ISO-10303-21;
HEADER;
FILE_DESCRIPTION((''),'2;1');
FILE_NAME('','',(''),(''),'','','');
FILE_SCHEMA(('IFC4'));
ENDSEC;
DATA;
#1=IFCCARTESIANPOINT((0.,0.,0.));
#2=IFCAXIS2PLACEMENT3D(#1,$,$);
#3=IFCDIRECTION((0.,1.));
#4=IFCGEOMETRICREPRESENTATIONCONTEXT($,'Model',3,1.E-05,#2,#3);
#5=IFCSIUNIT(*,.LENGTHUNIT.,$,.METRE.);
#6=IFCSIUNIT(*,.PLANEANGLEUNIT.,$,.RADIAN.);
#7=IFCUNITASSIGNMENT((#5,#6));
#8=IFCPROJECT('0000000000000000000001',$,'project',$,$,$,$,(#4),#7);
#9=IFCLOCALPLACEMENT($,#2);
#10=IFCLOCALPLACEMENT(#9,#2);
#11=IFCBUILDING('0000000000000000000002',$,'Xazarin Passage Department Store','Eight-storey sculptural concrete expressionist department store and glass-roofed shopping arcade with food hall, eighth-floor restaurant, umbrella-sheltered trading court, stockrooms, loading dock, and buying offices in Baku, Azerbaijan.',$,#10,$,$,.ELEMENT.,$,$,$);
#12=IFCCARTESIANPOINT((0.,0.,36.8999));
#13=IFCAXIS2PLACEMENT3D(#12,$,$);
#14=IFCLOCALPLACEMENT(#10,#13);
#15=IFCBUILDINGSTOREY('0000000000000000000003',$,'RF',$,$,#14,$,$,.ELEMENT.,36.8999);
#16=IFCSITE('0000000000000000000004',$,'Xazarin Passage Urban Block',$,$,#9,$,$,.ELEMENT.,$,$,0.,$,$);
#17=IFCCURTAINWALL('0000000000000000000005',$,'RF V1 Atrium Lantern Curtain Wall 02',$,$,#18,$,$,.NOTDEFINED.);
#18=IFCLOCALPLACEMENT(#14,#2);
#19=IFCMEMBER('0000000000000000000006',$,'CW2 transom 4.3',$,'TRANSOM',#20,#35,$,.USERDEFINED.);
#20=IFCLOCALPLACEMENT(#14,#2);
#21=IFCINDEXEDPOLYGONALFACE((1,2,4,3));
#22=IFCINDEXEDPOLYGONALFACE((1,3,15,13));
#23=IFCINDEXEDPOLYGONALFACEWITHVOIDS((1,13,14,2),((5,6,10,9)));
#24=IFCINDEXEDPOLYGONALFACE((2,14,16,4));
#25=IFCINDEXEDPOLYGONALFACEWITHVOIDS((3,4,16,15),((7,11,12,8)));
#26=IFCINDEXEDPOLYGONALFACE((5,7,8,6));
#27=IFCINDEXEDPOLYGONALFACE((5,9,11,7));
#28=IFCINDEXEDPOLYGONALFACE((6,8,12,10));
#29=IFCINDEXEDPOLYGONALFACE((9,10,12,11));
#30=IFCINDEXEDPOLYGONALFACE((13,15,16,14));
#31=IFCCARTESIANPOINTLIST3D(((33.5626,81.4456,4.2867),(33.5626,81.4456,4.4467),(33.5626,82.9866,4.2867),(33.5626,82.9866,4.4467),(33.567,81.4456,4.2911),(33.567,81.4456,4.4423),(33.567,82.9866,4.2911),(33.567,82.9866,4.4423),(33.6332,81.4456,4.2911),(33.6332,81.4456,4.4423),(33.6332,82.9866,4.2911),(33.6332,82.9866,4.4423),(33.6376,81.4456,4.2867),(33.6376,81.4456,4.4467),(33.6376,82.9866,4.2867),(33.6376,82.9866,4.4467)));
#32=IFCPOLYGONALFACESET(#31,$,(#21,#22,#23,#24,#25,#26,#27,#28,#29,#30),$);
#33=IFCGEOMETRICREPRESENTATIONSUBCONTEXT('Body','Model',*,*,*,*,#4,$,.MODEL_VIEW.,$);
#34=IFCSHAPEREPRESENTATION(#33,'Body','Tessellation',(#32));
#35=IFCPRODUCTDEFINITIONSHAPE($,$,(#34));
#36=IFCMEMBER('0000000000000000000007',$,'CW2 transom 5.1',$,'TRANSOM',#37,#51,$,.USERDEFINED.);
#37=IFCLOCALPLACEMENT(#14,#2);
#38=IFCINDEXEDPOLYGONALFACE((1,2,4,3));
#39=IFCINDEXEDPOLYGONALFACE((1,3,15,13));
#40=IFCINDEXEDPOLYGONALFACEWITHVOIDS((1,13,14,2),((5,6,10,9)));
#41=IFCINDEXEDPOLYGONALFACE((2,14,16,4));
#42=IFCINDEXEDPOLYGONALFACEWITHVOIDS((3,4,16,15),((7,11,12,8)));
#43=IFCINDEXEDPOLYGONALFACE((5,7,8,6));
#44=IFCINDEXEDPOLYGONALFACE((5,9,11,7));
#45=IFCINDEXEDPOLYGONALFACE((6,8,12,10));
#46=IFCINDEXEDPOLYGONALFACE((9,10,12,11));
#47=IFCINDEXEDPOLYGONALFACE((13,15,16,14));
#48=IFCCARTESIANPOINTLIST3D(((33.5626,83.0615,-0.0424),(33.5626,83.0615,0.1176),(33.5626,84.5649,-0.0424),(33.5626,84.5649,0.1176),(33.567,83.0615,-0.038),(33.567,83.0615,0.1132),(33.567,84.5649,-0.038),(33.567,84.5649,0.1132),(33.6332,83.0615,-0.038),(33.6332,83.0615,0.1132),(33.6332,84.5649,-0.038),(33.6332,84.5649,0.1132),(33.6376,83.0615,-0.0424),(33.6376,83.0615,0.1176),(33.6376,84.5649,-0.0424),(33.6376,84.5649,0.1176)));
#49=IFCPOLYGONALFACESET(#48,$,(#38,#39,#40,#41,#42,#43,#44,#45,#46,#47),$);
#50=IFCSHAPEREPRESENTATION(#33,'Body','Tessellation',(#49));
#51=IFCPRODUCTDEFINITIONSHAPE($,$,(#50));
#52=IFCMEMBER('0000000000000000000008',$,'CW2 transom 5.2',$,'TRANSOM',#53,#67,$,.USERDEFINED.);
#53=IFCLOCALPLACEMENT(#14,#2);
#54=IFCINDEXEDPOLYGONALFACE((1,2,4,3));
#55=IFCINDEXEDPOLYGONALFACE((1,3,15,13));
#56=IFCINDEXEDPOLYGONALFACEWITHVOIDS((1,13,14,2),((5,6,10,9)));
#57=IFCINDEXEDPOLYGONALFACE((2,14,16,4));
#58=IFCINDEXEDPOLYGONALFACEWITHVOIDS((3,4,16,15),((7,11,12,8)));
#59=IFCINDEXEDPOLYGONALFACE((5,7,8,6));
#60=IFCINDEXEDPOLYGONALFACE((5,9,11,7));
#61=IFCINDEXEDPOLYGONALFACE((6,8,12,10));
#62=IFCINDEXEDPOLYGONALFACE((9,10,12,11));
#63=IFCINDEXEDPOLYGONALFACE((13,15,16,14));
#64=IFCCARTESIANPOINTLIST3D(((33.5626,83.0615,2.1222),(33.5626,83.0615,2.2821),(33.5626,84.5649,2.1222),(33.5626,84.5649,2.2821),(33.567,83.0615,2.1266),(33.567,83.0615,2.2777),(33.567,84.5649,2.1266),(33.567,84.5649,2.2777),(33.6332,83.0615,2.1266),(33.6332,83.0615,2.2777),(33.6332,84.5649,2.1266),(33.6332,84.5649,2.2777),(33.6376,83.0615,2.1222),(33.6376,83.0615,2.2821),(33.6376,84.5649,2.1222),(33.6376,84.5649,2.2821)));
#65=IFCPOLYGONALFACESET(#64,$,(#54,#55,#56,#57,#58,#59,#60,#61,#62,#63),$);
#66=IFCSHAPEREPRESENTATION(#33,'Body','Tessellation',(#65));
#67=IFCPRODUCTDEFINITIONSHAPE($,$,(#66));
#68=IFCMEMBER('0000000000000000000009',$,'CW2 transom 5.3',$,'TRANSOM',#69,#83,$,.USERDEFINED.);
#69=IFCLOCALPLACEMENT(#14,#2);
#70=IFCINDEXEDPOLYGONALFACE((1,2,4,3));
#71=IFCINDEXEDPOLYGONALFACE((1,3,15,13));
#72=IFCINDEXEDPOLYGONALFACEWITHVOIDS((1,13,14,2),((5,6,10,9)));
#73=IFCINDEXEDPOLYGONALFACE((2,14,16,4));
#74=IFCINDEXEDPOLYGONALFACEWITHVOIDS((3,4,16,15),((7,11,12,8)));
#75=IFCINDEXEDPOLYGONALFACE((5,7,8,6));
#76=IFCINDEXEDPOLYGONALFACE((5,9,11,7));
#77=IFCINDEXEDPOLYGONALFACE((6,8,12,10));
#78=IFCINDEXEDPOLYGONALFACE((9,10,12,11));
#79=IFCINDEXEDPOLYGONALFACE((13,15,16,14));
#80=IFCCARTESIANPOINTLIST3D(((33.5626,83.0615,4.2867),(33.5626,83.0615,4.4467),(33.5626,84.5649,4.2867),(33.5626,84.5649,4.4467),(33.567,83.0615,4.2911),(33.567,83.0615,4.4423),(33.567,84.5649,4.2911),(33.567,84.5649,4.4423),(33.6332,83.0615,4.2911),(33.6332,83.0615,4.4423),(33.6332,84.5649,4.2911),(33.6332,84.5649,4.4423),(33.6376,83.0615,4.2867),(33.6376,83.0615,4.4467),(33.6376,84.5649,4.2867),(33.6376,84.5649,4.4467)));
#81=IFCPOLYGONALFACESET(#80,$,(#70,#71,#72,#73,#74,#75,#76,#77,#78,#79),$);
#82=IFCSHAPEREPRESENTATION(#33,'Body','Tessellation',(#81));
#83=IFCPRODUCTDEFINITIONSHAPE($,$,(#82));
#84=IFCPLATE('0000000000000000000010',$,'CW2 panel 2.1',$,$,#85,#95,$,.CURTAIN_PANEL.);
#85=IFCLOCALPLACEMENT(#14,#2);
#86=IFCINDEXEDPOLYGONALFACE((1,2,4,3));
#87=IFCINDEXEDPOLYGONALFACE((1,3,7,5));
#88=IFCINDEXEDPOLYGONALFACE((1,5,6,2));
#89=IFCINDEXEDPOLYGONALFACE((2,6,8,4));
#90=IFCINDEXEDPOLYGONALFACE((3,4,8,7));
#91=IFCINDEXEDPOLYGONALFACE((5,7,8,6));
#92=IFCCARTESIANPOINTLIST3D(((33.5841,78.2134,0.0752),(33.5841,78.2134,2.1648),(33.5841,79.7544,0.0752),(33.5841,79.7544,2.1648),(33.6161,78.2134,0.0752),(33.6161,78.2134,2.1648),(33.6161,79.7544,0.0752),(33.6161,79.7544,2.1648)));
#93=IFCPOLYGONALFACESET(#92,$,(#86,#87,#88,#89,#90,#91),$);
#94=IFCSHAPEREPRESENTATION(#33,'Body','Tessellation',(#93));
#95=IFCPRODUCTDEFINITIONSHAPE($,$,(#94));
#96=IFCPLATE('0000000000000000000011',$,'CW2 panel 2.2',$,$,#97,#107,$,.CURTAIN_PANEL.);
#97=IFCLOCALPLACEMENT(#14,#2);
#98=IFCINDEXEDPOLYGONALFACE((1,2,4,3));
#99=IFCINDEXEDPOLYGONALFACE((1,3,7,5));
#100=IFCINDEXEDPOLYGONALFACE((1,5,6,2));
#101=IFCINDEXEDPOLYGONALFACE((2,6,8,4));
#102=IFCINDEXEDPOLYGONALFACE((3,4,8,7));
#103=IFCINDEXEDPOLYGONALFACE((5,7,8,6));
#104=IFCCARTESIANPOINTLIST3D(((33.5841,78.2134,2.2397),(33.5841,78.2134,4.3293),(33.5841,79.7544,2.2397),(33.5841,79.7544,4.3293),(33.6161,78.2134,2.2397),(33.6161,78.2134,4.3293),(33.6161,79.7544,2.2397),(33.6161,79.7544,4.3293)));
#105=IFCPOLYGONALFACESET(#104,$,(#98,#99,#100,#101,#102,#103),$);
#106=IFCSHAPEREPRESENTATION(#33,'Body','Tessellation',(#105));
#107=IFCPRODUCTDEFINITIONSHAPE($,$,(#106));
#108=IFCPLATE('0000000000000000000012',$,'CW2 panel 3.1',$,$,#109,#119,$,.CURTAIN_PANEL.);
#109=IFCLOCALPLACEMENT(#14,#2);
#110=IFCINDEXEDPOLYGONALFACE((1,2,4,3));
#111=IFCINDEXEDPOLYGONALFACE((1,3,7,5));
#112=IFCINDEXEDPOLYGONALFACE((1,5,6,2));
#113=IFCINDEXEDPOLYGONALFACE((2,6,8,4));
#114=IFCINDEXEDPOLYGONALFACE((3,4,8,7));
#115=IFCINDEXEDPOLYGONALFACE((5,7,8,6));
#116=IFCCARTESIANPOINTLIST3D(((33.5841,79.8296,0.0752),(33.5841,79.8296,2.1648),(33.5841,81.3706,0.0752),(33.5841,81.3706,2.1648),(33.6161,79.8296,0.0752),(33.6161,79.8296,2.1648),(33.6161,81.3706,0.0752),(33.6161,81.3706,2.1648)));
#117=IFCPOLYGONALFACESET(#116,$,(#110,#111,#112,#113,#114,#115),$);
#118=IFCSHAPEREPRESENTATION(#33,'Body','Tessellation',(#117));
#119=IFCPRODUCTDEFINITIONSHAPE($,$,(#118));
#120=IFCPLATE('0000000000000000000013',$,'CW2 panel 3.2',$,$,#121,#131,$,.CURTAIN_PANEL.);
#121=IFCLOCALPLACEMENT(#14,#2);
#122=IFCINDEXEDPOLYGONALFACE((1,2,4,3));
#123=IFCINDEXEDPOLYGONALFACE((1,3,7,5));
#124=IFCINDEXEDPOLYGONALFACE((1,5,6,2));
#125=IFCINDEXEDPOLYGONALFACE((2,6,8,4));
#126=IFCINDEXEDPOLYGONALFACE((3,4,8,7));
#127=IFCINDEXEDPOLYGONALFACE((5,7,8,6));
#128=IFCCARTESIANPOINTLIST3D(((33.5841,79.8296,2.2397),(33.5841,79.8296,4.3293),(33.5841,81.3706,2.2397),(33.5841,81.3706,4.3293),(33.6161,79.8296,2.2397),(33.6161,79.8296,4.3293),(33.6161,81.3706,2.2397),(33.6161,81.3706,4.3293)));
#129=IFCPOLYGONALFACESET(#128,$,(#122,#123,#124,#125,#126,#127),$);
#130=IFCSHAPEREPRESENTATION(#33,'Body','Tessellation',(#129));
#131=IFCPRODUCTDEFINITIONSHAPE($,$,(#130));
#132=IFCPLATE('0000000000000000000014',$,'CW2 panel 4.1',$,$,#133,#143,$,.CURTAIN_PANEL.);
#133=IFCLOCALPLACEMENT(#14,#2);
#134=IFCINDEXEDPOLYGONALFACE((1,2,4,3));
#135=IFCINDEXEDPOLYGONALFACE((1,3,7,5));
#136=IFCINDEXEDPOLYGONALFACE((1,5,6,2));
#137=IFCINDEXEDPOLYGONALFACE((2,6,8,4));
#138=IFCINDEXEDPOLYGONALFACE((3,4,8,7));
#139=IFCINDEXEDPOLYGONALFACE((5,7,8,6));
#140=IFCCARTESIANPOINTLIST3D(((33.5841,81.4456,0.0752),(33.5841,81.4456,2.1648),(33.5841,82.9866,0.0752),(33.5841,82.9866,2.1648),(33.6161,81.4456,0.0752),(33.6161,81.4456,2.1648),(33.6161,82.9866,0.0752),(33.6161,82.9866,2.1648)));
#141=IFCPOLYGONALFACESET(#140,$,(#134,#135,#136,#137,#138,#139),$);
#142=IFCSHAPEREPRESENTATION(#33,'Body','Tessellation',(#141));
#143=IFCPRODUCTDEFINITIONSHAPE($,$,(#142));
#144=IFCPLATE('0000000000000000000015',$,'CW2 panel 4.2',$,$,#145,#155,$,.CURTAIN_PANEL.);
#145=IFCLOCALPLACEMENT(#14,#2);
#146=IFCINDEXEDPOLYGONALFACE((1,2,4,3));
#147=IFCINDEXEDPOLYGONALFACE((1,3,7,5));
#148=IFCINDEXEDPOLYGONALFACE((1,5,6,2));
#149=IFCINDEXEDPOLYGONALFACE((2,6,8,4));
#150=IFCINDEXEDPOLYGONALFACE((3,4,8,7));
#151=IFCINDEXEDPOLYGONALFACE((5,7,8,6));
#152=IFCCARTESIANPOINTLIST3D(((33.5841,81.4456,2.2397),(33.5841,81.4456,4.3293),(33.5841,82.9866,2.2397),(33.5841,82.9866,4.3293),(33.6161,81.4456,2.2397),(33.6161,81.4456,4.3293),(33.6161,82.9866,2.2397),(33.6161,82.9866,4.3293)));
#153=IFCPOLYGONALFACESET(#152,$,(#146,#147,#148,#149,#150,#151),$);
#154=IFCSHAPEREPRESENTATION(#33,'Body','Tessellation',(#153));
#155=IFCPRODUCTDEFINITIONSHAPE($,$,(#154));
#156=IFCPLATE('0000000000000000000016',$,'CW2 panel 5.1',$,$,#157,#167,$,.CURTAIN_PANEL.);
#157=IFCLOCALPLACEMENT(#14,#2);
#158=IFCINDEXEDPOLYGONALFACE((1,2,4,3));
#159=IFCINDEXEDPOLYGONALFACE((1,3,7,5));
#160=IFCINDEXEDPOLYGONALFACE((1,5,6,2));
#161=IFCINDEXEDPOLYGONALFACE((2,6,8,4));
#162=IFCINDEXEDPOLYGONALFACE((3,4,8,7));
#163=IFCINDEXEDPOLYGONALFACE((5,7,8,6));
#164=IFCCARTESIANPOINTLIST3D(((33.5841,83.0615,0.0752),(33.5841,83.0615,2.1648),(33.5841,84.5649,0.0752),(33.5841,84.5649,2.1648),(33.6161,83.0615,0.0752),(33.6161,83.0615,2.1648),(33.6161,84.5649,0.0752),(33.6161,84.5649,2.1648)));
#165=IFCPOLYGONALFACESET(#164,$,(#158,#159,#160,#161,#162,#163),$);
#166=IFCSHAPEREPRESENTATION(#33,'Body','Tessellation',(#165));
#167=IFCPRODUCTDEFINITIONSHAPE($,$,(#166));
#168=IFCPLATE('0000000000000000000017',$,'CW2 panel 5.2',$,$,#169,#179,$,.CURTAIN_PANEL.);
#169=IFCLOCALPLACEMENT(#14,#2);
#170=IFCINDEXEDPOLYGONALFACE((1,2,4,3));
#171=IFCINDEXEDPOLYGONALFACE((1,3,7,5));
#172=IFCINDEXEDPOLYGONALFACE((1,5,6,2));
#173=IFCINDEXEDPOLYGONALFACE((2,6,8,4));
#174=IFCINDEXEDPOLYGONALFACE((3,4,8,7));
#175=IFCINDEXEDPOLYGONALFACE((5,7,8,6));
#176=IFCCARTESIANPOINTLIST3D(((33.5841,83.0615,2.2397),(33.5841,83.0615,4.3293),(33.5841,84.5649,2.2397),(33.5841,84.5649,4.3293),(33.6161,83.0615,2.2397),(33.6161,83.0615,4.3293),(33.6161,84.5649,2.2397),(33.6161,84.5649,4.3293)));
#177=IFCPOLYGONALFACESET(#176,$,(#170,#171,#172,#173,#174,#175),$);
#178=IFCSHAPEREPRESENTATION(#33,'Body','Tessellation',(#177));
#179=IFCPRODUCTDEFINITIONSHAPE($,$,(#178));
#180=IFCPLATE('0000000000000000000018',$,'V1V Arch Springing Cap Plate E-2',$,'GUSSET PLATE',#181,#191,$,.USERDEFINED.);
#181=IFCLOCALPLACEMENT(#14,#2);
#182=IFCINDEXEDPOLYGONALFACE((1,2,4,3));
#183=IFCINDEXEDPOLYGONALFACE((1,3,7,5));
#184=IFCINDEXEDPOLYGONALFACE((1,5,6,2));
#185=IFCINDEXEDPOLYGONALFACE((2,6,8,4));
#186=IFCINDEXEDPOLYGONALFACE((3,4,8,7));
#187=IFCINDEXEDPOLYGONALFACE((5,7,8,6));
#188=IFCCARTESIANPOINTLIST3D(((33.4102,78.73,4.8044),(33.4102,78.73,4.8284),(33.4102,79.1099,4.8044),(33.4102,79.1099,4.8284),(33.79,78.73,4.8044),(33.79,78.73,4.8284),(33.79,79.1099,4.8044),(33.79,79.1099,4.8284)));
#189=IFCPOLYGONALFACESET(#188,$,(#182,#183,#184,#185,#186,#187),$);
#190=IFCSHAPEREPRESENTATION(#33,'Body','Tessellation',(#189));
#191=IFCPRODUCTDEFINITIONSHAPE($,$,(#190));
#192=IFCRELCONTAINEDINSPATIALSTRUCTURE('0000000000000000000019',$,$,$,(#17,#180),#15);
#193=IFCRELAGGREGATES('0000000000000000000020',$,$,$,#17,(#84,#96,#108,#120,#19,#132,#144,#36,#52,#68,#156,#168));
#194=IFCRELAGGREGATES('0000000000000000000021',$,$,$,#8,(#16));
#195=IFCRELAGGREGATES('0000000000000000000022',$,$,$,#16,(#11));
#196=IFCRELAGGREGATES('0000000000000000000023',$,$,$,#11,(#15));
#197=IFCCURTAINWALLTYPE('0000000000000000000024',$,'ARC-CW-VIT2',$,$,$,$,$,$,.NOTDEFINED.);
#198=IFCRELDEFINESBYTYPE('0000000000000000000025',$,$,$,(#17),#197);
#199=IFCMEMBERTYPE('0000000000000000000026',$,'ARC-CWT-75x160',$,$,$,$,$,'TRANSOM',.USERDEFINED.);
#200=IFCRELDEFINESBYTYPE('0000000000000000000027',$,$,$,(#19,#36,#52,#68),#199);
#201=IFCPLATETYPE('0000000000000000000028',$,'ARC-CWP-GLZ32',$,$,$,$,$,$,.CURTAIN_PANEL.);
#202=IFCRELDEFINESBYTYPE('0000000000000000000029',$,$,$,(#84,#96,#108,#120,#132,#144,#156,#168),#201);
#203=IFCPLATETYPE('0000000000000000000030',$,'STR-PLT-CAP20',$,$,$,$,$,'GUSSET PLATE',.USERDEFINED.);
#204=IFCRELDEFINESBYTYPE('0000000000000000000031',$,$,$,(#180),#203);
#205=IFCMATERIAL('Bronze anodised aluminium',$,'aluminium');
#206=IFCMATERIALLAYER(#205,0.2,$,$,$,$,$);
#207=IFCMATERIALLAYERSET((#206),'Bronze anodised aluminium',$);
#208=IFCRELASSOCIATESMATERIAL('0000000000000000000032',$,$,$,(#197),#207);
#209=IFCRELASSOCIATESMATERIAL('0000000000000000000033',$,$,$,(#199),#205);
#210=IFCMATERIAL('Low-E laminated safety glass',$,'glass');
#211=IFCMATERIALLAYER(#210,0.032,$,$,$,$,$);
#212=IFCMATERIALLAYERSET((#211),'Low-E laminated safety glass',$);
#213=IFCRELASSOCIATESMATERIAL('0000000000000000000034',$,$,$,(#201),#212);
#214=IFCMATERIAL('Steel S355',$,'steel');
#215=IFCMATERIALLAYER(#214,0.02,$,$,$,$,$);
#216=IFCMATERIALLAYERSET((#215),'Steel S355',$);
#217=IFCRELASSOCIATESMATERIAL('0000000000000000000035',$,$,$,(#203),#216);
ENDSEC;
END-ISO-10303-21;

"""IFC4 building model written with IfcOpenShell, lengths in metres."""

from ifc_helpers import new_model, si_unit, direction, frame, origin, origin_2d, place, context, subcontext, project, spatial, rectangle, hollow_rectangle, extrude, material, layer, layer_set, material_profile, profile_set, type_object, element, aggregate, save


model = new_model("IFC4")

# Units and contexts
model_context = context("Model", 3, precision=1e-05, world=origin(), true_north=direction((0.0, 1.0)))
body_context = subcontext(model_context, "Body", "Model", "MODEL_VIEW")
ifc_project = project(units=[si_unit("LENGTHUNIT", "METRE"), si_unit("PLANEANGLEUNIT", "RADIAN")], contexts=[model_context])

# Site, building, storey
site_placement = place(None, origin())
site = spatial("IfcSite", under=ifc_project, at=site_placement, Name="Xazarin Passage Urban Block", CompositionType="ELEMENT", RefElevation=0.0)
building_placement = place(site_placement, origin())
building = spatial("IfcBuilding", under=site, at=building_placement, Name="Xazarin Passage Department Store", Description="Eight-storey sculptural concrete expressionist department store and glass-roofed shopping arcade with food hall, eighth-floor restaurant, umbrella-sheltered trading court, stockrooms, loading dock, and buying offices in Baku, Azerbaijan.", CompositionType="ELEMENT")
storey_placement = place(building_placement, frame((0.0, 0.0, 36.8999)))
storey = spatial("IfcBuildingStorey", under=building, at=storey_placement, Name="RF", CompositionType="ELEMENT", Elevation=36.8999)

# Curtain wall, members, plates
ifc_material_1 = material(Name="Bronze anodised aluminium", Category="aluminium")
ifc_layer_1 = layer(ifc_material_1, 0.2)
ifc_layer_set_1 = layer_set([ifc_layer_1], Name="Bronze anodised aluminium")
curtain_wall_type = type_object("IfcCurtainWallType", Name="ARC-CW-VIT2", PredefinedType="NOTDEFINED", material=ifc_layer_set_1)
curtain_wall_placement = place(storey_placement, origin())
curtain_wall = element("IfcCurtainWall", 1, at=curtain_wall_placement, inside=storey, type_object=curtain_wall_type, Name="RF V1 Atrium Lantern Curtain Wall 02", PredefinedType="NOTDEFINED")
ifc_material_profile_1 = material_profile(ifc_material_1, hollow_rectangle(XDim=0.075, YDim=0.1599, WallThickness=0.0044, at=origin_2d()), Name="ALU 75x160")
ifc_profile_set_1 = profile_set([ifc_material_profile_1], Name="Bronze anodised aluminium")
member_type_1 = type_object("IfcMemberType", Name="ARC-CWT-75x160", ElementType="TRANSOM", PredefinedType="USERDEFINED", material=ifc_profile_set_1)
member_1_placement = place(storey_placement, frame((33.6001, 81.4456, 4.3667), z_axis=(0.0, 1.0, 0.0), x_axis=(-1.0, 0.0, 0.0)))
member_1 = element("IfcMember", 2, at=member_1_placement, type_object=member_type_1, Name="CW2 transom 4.3", ObjectType="TRANSOM", PredefinedType="USERDEFINED", context=body_context, shape_type="SweptSolid", body=[
    extrude(hollow_rectangle(XDim=0.075, YDim=0.1599, WallThickness=0.0044, at=origin_2d()), origin(), (0.0, 0.0, 1.0), 1.541),
])
member_2_placement = place(storey_placement, frame((33.6001, 83.0615, 0.0376), z_axis=(0.0, 1.0, 0.0), x_axis=(-1.0, 0.0, 0.0)))
member_2 = element("IfcMember", 3, at=member_2_placement, type_object=member_type_1, Name="CW2 transom 5.1", ObjectType="TRANSOM", PredefinedType="USERDEFINED", context=body_context, shape_type="SweptSolid", body=[
    extrude(hollow_rectangle(XDim=0.075, YDim=0.1599, WallThickness=0.0044, at=origin_2d()), origin(), (0.0, 0.0, 1.0), 1.5034),
])
member_3_placement = place(storey_placement, frame((33.6001, 83.0615, 2.2021), z_axis=(0.0, 1.0, 0.0), x_axis=(-1.0, 0.0, 0.0)))
member_3 = element("IfcMember", 4, at=member_3_placement, type_object=member_type_1, Name="CW2 transom 5.2", ObjectType="TRANSOM", PredefinedType="USERDEFINED", context=body_context, shape_type="SweptSolid", body=[
    extrude(hollow_rectangle(XDim=0.075, YDim=0.1599, WallThickness=0.0044, at=origin_2d()), origin(), (0.0, 0.0, 1.0), 1.5034),
])
member_4_placement = place(storey_placement, frame((33.6001, 83.0615, 4.3667), z_axis=(0.0, 1.0, 0.0), x_axis=(-1.0, 0.0, 0.0)))
member_4 = element("IfcMember", 5, at=member_4_placement, type_object=member_type_1, Name="CW2 transom 5.3", ObjectType="TRANSOM", PredefinedType="USERDEFINED", context=body_context, shape_type="SweptSolid", body=[
    extrude(hollow_rectangle(XDim=0.075, YDim=0.1599, WallThickness=0.0044, at=origin_2d()), origin(), (0.0, 0.0, 1.0), 1.5034),
])
ifc_material_2 = material(Name="Low-E laminated safety glass", Category="glass")
ifc_layer_2 = layer(ifc_material_2, 0.032)
ifc_layer_set_2 = layer_set([ifc_layer_2], Name="Low-E laminated safety glass")
plate_type_1 = type_object("IfcPlateType", Name="ARC-CWP-GLZ32", PredefinedType="CURTAIN_PANEL", material=ifc_layer_set_2)
plate_1_placement = place(storey_placement, frame((33.6001, 78.9839, 0.0752), z_axis=(0.0, 0.0, 1.0), x_axis=(0.0, 1.0, 0.0)))
plate_1 = element("IfcPlate", 6, at=plate_1_placement, type_object=plate_type_1, Name="CW2 panel 2.1", PredefinedType="CURTAIN_PANEL", context=body_context, shape_type="SweptSolid", body=[
    extrude(rectangle(XDim=1.541, YDim=0.032, at=origin_2d()), origin(), (0.0, 0.0, 1.0), 2.0896),
])
plate_2_placement = place(storey_placement, frame((33.6001, 78.9839, 2.2397), z_axis=(0.0, 0.0, 1.0), x_axis=(0.0, 1.0, 0.0)))
plate_2 = element("IfcPlate", 7, at=plate_2_placement, type_object=plate_type_1, Name="CW2 panel 2.2", PredefinedType="CURTAIN_PANEL", context=body_context, shape_type="SweptSolid", body=[
    extrude(rectangle(XDim=1.541, YDim=0.032, at=origin_2d()), origin(), (0.0, 0.0, 1.0), 2.0896),
])
plate_3_placement = place(storey_placement, frame((33.6001, 80.6001, 0.0752), z_axis=(0.0, 0.0, 1.0), x_axis=(0.0, 1.0, 0.0)))
plate_3 = element("IfcPlate", 8, at=plate_3_placement, type_object=plate_type_1, Name="CW2 panel 3.1", PredefinedType="CURTAIN_PANEL", context=body_context, shape_type="SweptSolid", body=[
    extrude(rectangle(XDim=1.541, YDim=0.032, at=origin_2d()), origin(), (0.0, 0.0, 1.0), 2.0896),
])
plate_4_placement = place(storey_placement, frame((33.6001, 80.6001, 2.2397), z_axis=(0.0, 0.0, 1.0), x_axis=(0.0, 1.0, 0.0)))
plate_4 = element("IfcPlate", 9, at=plate_4_placement, type_object=plate_type_1, Name="CW2 panel 3.2", PredefinedType="CURTAIN_PANEL", context=body_context, shape_type="SweptSolid", body=[
    extrude(rectangle(XDim=1.541, YDim=0.032, at=origin_2d()), origin(), (0.0, 0.0, 1.0), 2.0896),
])
plate_5_placement = place(storey_placement, frame((33.6001, 82.2161, 0.0752), z_axis=(0.0, 0.0, 1.0), x_axis=(0.0, 1.0, 0.0)))
plate_5 = element("IfcPlate", 10, at=plate_5_placement, type_object=plate_type_1, Name="CW2 panel 4.1", PredefinedType="CURTAIN_PANEL", context=body_context, shape_type="SweptSolid", body=[
    extrude(rectangle(XDim=1.541, YDim=0.032, at=origin_2d()), origin(), (0.0, 0.0, 1.0), 2.0896),
])
plate_6_placement = place(storey_placement, frame((33.6001, 82.2161, 2.2397), z_axis=(0.0, 0.0, 1.0), x_axis=(0.0, 1.0, 0.0)))
plate_6 = element("IfcPlate", 11, at=plate_6_placement, type_object=plate_type_1, Name="CW2 panel 4.2", PredefinedType="CURTAIN_PANEL", context=body_context, shape_type="SweptSolid", body=[
    extrude(rectangle(XDim=1.541, YDim=0.032, at=origin_2d()), origin(), (0.0, 0.0, 1.0), 2.0896),
])
plate_7_placement = place(storey_placement, frame((33.6001, 83.8132, 0.0752), z_axis=(0.0, 0.0, 1.0), x_axis=(0.0, 1.0, 0.0)))
plate_7 = element("IfcPlate", 12, at=plate_7_placement, type_object=plate_type_1, Name="CW2 panel 5.1", PredefinedType="CURTAIN_PANEL", context=body_context, shape_type="SweptSolid", body=[
    extrude(rectangle(XDim=1.5034, YDim=0.032, at=origin_2d()), origin(), (0.0, 0.0, 1.0), 2.0896),
])
plate_8_placement = place(storey_placement, frame((33.6001, 83.8132, 2.2397), z_axis=(0.0, 0.0, 1.0), x_axis=(0.0, 1.0, 0.0)))
plate_8 = element("IfcPlate", 13, at=plate_8_placement, type_object=plate_type_1, Name="CW2 panel 5.2", PredefinedType="CURTAIN_PANEL", context=body_context, shape_type="SweptSolid", body=[
    extrude(rectangle(XDim=1.5034, YDim=0.032, at=origin_2d()), origin(), (0.0, 0.0, 1.0), 2.0896),
])
aggregate(curtain_wall, [plate_1, plate_2, plate_3, plate_4, member_1, plate_5, plate_6, member_2, member_3, member_4, plate_7, plate_8])

# Plate
ifc_material_3 = material(Name="Steel S355", Category="steel")
ifc_layer_3 = layer(ifc_material_3, 0.02)
ifc_layer_set_3 = layer_set([ifc_layer_3], Name="Steel S355")
plate_type_2 = type_object("IfcPlateType", Name="STR-PLT-CAP20", ElementType="GUSSET PLATE", PredefinedType="USERDEFINED", material=ifc_layer_set_3)
for number, where, z_axis, x_axis, name in (
    (14, (33.6001, 78.9199, 4.8044), (0.0, 0.0, 1.0), (1.0, 0.0, 0.0), "V1V Arch Springing Cap Plate E-2"),
):
    element("IfcPlate", number, at=place(storey_placement, frame(where, z_axis=z_axis, x_axis=x_axis)), inside=storey, type_object=plate_type_2, Name=name, ObjectType="GUSSET PLATE", PredefinedType="USERDEFINED", context=body_context, shape_type="SweptSolid", body=[
        extrude(rectangle(XDim=0.3799, YDim=0.3799, at=origin_2d()), origin(), (0.0, 0.0, 1.0), 0.0239),
    ])

save(model, "model.ifc")
